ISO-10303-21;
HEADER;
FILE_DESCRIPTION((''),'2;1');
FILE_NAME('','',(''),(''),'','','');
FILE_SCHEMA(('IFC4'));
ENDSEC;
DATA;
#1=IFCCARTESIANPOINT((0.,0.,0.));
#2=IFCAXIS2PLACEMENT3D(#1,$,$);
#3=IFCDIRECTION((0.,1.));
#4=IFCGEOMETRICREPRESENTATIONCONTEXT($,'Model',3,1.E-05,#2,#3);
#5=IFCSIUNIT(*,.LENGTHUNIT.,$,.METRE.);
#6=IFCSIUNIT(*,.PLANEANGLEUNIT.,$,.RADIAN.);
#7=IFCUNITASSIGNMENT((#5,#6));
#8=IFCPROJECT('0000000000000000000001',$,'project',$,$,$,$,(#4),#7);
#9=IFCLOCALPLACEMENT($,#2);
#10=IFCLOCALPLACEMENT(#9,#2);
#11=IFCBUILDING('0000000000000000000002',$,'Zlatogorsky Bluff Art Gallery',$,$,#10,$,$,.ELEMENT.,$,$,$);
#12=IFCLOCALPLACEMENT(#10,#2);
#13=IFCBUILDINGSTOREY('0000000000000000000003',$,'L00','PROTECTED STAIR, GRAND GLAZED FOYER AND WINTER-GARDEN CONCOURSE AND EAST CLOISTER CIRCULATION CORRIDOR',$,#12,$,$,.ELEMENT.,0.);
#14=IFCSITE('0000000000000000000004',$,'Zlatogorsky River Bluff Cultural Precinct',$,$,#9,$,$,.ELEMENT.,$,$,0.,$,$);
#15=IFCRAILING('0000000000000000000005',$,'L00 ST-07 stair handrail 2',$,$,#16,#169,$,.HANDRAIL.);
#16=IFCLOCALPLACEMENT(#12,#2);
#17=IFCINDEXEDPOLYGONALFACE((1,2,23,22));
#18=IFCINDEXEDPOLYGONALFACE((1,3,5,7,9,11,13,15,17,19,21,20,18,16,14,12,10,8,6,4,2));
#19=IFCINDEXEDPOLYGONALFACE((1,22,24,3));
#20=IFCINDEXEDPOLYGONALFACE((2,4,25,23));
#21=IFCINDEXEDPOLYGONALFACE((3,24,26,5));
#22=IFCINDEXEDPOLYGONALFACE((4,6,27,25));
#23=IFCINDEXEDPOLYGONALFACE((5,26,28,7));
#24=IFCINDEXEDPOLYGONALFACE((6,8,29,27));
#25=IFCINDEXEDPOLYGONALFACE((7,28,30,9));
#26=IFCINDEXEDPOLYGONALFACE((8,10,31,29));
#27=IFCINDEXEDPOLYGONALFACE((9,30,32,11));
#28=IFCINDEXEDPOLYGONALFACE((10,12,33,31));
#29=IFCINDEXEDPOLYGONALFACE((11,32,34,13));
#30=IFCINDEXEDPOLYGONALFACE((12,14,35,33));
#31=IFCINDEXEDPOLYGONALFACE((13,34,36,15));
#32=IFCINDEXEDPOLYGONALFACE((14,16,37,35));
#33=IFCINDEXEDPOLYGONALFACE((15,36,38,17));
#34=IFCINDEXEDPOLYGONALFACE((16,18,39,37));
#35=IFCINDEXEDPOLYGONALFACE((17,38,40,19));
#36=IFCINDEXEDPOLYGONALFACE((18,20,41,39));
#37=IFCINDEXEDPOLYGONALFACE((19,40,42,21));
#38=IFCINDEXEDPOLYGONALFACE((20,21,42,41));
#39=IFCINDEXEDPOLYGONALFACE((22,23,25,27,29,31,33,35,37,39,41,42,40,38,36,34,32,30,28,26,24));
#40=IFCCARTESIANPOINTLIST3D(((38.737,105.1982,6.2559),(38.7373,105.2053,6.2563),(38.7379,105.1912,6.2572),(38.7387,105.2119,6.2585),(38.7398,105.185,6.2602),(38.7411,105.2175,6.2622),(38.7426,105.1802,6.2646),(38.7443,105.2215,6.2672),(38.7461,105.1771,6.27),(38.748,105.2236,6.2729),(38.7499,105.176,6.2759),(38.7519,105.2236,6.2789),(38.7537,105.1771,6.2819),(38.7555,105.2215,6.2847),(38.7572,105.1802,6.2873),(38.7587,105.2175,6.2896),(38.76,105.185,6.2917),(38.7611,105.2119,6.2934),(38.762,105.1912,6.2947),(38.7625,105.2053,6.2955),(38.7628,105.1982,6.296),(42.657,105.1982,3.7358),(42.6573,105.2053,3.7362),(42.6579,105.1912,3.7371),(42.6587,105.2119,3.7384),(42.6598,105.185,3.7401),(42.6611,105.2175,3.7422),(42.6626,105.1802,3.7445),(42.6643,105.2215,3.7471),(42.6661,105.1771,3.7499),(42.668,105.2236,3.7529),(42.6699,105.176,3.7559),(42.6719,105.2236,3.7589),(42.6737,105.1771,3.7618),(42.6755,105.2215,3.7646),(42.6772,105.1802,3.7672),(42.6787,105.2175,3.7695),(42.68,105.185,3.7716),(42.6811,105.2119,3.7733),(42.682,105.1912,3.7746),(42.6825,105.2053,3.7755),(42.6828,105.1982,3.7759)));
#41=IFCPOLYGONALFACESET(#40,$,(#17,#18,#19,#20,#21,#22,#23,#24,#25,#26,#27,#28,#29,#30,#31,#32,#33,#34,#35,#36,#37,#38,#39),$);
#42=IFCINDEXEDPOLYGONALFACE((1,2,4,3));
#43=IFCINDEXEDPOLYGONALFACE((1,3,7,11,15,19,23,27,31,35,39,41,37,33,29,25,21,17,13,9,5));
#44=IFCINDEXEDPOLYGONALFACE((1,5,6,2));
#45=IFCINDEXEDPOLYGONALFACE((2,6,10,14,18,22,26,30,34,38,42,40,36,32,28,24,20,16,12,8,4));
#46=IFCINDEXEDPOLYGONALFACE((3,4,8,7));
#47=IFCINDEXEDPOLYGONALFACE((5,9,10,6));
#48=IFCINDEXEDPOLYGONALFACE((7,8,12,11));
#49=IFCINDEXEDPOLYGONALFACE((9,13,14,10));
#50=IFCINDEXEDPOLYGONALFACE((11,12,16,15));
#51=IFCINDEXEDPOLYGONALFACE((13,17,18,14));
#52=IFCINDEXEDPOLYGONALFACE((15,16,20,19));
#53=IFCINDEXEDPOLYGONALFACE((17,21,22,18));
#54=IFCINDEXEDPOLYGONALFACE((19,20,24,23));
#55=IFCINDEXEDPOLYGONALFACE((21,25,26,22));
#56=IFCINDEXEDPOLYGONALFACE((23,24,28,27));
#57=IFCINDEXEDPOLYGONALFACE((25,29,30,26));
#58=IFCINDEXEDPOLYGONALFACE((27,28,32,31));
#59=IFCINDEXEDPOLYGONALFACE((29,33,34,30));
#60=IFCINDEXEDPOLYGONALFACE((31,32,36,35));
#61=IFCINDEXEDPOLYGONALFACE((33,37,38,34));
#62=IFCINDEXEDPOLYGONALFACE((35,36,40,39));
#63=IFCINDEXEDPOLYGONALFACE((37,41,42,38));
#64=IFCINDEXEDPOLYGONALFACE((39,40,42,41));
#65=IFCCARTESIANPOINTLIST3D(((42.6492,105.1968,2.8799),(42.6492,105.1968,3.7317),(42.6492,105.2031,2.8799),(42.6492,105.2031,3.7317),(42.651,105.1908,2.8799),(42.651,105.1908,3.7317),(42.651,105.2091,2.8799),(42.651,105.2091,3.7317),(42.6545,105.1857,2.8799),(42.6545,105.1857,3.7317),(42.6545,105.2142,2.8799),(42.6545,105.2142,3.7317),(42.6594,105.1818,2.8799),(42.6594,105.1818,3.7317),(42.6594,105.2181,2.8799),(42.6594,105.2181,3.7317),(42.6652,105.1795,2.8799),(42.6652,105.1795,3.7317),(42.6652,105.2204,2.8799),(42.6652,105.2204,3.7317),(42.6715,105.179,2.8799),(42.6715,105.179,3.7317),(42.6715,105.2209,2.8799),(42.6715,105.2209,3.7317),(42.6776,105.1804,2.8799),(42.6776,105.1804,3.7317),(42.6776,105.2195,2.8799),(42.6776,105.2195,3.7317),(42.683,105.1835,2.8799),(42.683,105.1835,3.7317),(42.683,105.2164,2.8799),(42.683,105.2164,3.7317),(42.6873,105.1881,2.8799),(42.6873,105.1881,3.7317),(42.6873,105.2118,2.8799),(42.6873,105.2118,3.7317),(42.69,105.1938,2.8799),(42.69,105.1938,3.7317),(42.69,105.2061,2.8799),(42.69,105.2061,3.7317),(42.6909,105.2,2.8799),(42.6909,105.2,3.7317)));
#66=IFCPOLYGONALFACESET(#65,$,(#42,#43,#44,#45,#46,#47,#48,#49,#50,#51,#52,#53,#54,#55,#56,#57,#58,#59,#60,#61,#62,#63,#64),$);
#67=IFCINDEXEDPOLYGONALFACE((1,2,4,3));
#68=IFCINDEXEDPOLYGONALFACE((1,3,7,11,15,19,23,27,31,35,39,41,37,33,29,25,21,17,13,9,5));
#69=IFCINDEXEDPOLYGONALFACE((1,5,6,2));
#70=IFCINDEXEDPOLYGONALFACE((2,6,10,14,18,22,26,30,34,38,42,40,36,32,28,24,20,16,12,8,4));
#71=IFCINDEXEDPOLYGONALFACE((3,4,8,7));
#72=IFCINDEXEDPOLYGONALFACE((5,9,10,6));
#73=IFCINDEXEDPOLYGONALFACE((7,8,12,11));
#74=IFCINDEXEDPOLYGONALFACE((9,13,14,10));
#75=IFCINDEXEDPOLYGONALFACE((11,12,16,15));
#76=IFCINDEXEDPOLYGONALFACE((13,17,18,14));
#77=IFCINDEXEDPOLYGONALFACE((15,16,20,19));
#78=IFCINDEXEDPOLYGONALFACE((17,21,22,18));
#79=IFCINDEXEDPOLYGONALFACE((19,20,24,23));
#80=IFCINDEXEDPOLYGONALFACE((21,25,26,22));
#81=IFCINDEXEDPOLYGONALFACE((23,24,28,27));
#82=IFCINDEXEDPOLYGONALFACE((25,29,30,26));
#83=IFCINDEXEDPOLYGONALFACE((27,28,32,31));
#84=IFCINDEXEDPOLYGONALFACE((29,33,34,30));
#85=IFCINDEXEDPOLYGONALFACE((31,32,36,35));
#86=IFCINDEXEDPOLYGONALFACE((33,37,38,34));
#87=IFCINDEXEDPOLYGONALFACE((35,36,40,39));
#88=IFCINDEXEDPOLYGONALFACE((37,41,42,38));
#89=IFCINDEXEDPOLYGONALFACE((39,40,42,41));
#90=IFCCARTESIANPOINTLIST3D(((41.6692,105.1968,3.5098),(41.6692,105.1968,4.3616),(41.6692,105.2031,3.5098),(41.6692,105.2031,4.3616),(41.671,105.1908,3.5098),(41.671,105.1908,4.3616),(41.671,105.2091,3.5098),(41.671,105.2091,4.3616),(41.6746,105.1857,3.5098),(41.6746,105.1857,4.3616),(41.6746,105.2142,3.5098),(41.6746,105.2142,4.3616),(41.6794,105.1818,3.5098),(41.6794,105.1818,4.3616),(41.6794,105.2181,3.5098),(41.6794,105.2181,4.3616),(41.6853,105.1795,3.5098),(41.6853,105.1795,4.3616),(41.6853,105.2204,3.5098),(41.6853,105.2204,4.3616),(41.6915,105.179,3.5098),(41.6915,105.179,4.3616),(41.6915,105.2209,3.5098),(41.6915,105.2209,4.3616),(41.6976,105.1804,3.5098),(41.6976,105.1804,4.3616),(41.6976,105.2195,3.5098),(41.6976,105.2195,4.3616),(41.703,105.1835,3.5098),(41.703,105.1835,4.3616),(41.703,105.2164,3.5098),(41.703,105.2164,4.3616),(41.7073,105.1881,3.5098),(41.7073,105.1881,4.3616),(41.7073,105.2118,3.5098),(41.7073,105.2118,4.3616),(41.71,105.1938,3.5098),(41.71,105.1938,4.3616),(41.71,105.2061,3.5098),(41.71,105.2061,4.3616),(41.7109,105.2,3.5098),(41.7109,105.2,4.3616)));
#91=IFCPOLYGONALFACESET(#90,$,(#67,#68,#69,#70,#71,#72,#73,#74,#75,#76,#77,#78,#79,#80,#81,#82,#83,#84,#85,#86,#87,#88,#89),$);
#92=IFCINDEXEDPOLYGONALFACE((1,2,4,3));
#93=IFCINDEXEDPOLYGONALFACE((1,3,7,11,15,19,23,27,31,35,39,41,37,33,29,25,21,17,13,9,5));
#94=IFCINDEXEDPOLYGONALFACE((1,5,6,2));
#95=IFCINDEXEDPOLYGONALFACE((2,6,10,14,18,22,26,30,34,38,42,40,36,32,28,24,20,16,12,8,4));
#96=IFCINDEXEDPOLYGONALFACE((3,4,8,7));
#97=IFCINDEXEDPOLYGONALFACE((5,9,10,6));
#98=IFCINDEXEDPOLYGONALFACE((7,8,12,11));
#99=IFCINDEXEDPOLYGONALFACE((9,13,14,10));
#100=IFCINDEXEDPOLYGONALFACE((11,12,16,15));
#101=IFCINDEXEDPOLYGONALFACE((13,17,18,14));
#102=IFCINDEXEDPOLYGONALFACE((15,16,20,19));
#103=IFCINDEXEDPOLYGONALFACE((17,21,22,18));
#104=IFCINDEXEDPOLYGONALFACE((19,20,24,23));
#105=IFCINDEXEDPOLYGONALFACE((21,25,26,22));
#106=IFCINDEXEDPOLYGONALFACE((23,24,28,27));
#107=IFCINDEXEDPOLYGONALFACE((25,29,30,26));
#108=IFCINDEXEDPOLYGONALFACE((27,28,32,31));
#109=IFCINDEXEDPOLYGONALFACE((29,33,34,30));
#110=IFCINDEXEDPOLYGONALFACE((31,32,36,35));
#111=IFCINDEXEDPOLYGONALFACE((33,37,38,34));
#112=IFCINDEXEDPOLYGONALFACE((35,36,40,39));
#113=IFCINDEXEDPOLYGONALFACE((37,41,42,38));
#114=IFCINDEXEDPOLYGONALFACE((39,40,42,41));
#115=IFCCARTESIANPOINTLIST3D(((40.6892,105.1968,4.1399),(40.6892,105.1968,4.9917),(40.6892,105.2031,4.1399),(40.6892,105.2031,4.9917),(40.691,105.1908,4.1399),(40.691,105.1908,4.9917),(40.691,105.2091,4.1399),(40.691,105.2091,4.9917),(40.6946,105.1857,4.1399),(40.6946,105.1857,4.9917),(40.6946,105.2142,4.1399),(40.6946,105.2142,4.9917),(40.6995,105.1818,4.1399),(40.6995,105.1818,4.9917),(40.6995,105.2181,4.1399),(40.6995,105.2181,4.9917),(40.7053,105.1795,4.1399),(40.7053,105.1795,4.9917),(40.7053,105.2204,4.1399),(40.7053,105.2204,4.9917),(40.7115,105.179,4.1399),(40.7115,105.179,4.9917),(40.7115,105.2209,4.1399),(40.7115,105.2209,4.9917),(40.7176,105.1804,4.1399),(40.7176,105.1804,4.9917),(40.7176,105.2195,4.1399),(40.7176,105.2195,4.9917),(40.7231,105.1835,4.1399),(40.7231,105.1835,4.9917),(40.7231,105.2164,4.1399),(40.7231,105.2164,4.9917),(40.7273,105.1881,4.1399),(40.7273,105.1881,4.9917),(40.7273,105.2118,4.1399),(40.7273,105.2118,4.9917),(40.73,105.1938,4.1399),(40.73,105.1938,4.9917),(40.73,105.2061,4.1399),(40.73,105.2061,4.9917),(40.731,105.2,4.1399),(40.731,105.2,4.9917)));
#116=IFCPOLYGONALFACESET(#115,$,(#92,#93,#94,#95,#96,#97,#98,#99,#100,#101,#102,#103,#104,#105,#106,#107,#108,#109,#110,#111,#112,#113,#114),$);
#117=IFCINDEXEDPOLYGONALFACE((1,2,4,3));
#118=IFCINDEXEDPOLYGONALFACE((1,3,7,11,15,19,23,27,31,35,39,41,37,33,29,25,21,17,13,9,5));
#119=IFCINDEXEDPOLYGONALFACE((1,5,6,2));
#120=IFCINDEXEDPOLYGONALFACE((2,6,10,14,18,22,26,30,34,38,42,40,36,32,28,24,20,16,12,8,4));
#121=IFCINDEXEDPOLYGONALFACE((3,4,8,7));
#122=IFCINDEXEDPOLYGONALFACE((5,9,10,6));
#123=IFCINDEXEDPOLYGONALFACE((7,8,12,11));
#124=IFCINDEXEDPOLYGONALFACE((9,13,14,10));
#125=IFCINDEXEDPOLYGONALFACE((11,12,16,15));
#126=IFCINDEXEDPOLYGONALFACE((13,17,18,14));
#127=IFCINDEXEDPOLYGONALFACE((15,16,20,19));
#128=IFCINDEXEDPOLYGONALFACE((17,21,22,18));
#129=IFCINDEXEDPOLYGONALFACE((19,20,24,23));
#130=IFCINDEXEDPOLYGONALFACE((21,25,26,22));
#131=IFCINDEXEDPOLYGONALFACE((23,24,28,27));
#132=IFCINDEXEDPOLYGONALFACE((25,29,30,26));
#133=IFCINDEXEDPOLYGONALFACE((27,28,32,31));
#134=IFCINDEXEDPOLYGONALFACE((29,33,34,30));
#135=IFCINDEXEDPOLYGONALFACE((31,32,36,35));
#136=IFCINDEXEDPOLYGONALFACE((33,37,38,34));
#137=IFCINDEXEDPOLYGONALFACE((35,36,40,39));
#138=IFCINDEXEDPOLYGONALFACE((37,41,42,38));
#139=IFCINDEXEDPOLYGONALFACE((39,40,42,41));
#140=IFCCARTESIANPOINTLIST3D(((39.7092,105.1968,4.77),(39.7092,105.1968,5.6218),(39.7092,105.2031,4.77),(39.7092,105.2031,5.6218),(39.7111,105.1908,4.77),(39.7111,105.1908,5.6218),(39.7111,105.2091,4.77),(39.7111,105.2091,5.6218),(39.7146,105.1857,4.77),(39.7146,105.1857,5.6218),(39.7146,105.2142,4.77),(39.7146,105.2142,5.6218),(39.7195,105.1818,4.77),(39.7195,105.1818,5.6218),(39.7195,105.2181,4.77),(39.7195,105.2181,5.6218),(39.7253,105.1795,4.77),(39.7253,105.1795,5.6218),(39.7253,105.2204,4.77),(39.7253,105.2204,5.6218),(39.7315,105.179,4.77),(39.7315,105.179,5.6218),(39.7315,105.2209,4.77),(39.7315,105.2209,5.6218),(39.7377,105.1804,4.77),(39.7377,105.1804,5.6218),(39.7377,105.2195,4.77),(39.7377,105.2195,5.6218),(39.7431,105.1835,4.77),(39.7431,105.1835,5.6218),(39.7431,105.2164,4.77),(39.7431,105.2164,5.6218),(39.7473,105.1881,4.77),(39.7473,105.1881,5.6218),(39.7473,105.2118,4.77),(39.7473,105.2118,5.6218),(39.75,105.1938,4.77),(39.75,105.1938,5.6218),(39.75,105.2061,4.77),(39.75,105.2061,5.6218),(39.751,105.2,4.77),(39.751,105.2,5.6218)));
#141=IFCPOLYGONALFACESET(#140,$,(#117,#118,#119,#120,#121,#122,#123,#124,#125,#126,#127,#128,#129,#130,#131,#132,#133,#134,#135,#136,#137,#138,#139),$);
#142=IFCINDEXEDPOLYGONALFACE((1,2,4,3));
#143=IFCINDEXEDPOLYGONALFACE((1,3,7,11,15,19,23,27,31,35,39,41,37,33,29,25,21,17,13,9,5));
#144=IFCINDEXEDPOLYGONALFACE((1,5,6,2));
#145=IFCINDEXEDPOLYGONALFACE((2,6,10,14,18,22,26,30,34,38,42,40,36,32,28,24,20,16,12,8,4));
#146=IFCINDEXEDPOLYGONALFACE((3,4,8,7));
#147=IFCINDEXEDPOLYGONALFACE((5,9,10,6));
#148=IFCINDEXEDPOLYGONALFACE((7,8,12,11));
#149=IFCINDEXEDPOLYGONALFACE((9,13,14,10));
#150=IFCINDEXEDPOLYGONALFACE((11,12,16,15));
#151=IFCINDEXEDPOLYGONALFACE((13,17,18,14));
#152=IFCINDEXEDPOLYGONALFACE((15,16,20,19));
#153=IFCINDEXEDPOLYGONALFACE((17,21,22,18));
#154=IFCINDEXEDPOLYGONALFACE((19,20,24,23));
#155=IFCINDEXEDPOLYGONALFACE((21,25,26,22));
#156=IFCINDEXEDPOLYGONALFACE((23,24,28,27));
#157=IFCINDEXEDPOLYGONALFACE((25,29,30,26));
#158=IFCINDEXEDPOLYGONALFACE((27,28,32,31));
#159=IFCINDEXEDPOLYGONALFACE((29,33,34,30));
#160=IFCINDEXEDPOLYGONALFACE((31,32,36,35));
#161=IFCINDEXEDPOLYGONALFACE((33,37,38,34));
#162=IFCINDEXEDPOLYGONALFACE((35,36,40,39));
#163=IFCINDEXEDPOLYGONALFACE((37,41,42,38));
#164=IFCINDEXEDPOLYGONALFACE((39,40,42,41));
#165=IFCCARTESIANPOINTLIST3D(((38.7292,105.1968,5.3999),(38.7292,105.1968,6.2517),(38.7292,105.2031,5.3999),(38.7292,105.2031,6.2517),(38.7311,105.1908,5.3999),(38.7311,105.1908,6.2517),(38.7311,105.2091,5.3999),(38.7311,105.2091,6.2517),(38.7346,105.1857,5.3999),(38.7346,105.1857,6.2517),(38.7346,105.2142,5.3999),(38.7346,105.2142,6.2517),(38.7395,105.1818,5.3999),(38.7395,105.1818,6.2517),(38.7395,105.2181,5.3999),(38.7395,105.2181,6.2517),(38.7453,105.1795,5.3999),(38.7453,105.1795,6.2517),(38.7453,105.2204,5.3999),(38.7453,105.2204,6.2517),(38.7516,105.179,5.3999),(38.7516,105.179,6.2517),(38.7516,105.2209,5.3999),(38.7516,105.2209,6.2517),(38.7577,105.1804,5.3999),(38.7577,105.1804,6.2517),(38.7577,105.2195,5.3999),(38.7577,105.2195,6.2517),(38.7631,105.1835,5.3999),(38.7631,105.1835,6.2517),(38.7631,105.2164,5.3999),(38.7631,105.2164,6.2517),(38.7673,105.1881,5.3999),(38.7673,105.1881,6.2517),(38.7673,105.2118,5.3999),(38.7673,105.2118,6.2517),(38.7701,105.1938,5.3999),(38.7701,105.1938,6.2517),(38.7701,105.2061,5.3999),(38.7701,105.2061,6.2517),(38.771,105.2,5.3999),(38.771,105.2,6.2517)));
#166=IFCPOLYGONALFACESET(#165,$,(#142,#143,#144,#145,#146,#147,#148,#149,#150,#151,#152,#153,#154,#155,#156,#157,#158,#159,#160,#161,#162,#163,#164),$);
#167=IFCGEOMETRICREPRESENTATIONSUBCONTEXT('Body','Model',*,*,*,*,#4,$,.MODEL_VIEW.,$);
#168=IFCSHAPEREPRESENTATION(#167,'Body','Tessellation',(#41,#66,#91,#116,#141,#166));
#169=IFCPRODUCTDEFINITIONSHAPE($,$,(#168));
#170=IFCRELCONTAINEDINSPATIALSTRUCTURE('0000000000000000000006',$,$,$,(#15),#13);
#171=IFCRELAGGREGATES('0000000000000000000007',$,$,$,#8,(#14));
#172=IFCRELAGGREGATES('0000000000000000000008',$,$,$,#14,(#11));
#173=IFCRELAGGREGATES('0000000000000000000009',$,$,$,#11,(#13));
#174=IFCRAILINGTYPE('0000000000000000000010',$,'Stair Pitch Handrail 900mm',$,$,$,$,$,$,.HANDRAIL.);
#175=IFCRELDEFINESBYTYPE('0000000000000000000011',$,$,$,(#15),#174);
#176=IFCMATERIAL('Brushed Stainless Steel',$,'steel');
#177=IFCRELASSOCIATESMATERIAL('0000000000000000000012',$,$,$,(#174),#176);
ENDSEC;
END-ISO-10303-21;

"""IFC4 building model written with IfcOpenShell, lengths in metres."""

from ifc_helpers import new_model, si_unit, direction, frame, origin, origin_2d, place, context, subcontext, project, spatial, circle, extrude, material, type_object, element, save


model = new_model("IFC4")

# Units and contexts
model_context = context("Model", 3, precision=1e-05, world=origin(), true_north=direction((0.0, 1.0)))
body_context = subcontext(model_context, "Body", "Model", "MODEL_VIEW")
ifc_project = project(units=[si_unit("LENGTHUNIT", "METRE"), si_unit("PLANEANGLEUNIT", "RADIAN")], contexts=[model_context])

# Site, building, storey
site_placement = place(None, origin())
site = spatial("IfcSite", under=ifc_project, at=site_placement, Name="Zlatogorsky River Bluff Cultural Precinct", CompositionType="ELEMENT", RefElevation=0.0)
building_placement = place(site_placement, origin())
building = spatial("IfcBuilding", under=site, at=building_placement, Name="Zlatogorsky Bluff Art Gallery", CompositionType="ELEMENT")
storey_placement = place(building_placement, origin())
storey = spatial("IfcBuildingStorey", under=building, at=storey_placement, Name="L00", Description="PROTECTED STAIR, GRAND GLAZED FOYER AND WINTER-GARDEN CONCOURSE AND EAST CLOISTER CIRCULATION CORRIDOR", CompositionType="ELEMENT", Elevation=0.0)

# Railing
ifc_material_1 = material(Name="Brushed Stainless Steel", Category="steel")
railing_type_1 = type_object("IfcRailingType", Name="Stair Pitch Handrail 900mm", PredefinedType="HANDRAIL", material=ifc_material_1)
railing_1_placement = place(storey_placement, frame((42.6699, 105.2, 2.8799)))
element("IfcRailing", 1, at=railing_1_placement, inside=storey, type_object=railing_type_1, Name="L00 ST-07 stair handrail 2", PredefinedType="HANDRAIL", context=body_context, shape_type="SweptSolid", body=[
    extrude(circle(Radius=0.0239, at=origin_2d()), frame((0.0, 0.0, 0.876), z_axis=(-0.841172, 0.0, 0.540768), x_axis=(0.0, -1.0, 0.0)), (0.0, 0.0, 1.0), 4.6602),
    extrude(circle(Radius=0.021, at=origin_2d()), origin(), (0.0, 0.0, 1.0), 0.8518),
    extrude(circle(Radius=0.021, at=origin_2d()), frame((-0.98, 0.0, 0.6299)), (0.0, 0.0, 1.0), 0.8518),
    extrude(circle(Radius=0.021, at=origin_2d()), frame((-1.96, 0.0, 1.26)), (0.0, 0.0, 1.0), 0.8518),
    extrude(circle(Radius=0.021, at=origin_2d()), frame((-2.9399, 0.0, 1.8901)), (0.0, 0.0, 1.0), 0.8518),
    extrude(circle(Radius=0.021, at=origin_2d()), frame((-3.9199, 0.0, 2.52)), (0.0, 0.0, 1.0), 0.8518),
])

save(model, "model.ifc")
